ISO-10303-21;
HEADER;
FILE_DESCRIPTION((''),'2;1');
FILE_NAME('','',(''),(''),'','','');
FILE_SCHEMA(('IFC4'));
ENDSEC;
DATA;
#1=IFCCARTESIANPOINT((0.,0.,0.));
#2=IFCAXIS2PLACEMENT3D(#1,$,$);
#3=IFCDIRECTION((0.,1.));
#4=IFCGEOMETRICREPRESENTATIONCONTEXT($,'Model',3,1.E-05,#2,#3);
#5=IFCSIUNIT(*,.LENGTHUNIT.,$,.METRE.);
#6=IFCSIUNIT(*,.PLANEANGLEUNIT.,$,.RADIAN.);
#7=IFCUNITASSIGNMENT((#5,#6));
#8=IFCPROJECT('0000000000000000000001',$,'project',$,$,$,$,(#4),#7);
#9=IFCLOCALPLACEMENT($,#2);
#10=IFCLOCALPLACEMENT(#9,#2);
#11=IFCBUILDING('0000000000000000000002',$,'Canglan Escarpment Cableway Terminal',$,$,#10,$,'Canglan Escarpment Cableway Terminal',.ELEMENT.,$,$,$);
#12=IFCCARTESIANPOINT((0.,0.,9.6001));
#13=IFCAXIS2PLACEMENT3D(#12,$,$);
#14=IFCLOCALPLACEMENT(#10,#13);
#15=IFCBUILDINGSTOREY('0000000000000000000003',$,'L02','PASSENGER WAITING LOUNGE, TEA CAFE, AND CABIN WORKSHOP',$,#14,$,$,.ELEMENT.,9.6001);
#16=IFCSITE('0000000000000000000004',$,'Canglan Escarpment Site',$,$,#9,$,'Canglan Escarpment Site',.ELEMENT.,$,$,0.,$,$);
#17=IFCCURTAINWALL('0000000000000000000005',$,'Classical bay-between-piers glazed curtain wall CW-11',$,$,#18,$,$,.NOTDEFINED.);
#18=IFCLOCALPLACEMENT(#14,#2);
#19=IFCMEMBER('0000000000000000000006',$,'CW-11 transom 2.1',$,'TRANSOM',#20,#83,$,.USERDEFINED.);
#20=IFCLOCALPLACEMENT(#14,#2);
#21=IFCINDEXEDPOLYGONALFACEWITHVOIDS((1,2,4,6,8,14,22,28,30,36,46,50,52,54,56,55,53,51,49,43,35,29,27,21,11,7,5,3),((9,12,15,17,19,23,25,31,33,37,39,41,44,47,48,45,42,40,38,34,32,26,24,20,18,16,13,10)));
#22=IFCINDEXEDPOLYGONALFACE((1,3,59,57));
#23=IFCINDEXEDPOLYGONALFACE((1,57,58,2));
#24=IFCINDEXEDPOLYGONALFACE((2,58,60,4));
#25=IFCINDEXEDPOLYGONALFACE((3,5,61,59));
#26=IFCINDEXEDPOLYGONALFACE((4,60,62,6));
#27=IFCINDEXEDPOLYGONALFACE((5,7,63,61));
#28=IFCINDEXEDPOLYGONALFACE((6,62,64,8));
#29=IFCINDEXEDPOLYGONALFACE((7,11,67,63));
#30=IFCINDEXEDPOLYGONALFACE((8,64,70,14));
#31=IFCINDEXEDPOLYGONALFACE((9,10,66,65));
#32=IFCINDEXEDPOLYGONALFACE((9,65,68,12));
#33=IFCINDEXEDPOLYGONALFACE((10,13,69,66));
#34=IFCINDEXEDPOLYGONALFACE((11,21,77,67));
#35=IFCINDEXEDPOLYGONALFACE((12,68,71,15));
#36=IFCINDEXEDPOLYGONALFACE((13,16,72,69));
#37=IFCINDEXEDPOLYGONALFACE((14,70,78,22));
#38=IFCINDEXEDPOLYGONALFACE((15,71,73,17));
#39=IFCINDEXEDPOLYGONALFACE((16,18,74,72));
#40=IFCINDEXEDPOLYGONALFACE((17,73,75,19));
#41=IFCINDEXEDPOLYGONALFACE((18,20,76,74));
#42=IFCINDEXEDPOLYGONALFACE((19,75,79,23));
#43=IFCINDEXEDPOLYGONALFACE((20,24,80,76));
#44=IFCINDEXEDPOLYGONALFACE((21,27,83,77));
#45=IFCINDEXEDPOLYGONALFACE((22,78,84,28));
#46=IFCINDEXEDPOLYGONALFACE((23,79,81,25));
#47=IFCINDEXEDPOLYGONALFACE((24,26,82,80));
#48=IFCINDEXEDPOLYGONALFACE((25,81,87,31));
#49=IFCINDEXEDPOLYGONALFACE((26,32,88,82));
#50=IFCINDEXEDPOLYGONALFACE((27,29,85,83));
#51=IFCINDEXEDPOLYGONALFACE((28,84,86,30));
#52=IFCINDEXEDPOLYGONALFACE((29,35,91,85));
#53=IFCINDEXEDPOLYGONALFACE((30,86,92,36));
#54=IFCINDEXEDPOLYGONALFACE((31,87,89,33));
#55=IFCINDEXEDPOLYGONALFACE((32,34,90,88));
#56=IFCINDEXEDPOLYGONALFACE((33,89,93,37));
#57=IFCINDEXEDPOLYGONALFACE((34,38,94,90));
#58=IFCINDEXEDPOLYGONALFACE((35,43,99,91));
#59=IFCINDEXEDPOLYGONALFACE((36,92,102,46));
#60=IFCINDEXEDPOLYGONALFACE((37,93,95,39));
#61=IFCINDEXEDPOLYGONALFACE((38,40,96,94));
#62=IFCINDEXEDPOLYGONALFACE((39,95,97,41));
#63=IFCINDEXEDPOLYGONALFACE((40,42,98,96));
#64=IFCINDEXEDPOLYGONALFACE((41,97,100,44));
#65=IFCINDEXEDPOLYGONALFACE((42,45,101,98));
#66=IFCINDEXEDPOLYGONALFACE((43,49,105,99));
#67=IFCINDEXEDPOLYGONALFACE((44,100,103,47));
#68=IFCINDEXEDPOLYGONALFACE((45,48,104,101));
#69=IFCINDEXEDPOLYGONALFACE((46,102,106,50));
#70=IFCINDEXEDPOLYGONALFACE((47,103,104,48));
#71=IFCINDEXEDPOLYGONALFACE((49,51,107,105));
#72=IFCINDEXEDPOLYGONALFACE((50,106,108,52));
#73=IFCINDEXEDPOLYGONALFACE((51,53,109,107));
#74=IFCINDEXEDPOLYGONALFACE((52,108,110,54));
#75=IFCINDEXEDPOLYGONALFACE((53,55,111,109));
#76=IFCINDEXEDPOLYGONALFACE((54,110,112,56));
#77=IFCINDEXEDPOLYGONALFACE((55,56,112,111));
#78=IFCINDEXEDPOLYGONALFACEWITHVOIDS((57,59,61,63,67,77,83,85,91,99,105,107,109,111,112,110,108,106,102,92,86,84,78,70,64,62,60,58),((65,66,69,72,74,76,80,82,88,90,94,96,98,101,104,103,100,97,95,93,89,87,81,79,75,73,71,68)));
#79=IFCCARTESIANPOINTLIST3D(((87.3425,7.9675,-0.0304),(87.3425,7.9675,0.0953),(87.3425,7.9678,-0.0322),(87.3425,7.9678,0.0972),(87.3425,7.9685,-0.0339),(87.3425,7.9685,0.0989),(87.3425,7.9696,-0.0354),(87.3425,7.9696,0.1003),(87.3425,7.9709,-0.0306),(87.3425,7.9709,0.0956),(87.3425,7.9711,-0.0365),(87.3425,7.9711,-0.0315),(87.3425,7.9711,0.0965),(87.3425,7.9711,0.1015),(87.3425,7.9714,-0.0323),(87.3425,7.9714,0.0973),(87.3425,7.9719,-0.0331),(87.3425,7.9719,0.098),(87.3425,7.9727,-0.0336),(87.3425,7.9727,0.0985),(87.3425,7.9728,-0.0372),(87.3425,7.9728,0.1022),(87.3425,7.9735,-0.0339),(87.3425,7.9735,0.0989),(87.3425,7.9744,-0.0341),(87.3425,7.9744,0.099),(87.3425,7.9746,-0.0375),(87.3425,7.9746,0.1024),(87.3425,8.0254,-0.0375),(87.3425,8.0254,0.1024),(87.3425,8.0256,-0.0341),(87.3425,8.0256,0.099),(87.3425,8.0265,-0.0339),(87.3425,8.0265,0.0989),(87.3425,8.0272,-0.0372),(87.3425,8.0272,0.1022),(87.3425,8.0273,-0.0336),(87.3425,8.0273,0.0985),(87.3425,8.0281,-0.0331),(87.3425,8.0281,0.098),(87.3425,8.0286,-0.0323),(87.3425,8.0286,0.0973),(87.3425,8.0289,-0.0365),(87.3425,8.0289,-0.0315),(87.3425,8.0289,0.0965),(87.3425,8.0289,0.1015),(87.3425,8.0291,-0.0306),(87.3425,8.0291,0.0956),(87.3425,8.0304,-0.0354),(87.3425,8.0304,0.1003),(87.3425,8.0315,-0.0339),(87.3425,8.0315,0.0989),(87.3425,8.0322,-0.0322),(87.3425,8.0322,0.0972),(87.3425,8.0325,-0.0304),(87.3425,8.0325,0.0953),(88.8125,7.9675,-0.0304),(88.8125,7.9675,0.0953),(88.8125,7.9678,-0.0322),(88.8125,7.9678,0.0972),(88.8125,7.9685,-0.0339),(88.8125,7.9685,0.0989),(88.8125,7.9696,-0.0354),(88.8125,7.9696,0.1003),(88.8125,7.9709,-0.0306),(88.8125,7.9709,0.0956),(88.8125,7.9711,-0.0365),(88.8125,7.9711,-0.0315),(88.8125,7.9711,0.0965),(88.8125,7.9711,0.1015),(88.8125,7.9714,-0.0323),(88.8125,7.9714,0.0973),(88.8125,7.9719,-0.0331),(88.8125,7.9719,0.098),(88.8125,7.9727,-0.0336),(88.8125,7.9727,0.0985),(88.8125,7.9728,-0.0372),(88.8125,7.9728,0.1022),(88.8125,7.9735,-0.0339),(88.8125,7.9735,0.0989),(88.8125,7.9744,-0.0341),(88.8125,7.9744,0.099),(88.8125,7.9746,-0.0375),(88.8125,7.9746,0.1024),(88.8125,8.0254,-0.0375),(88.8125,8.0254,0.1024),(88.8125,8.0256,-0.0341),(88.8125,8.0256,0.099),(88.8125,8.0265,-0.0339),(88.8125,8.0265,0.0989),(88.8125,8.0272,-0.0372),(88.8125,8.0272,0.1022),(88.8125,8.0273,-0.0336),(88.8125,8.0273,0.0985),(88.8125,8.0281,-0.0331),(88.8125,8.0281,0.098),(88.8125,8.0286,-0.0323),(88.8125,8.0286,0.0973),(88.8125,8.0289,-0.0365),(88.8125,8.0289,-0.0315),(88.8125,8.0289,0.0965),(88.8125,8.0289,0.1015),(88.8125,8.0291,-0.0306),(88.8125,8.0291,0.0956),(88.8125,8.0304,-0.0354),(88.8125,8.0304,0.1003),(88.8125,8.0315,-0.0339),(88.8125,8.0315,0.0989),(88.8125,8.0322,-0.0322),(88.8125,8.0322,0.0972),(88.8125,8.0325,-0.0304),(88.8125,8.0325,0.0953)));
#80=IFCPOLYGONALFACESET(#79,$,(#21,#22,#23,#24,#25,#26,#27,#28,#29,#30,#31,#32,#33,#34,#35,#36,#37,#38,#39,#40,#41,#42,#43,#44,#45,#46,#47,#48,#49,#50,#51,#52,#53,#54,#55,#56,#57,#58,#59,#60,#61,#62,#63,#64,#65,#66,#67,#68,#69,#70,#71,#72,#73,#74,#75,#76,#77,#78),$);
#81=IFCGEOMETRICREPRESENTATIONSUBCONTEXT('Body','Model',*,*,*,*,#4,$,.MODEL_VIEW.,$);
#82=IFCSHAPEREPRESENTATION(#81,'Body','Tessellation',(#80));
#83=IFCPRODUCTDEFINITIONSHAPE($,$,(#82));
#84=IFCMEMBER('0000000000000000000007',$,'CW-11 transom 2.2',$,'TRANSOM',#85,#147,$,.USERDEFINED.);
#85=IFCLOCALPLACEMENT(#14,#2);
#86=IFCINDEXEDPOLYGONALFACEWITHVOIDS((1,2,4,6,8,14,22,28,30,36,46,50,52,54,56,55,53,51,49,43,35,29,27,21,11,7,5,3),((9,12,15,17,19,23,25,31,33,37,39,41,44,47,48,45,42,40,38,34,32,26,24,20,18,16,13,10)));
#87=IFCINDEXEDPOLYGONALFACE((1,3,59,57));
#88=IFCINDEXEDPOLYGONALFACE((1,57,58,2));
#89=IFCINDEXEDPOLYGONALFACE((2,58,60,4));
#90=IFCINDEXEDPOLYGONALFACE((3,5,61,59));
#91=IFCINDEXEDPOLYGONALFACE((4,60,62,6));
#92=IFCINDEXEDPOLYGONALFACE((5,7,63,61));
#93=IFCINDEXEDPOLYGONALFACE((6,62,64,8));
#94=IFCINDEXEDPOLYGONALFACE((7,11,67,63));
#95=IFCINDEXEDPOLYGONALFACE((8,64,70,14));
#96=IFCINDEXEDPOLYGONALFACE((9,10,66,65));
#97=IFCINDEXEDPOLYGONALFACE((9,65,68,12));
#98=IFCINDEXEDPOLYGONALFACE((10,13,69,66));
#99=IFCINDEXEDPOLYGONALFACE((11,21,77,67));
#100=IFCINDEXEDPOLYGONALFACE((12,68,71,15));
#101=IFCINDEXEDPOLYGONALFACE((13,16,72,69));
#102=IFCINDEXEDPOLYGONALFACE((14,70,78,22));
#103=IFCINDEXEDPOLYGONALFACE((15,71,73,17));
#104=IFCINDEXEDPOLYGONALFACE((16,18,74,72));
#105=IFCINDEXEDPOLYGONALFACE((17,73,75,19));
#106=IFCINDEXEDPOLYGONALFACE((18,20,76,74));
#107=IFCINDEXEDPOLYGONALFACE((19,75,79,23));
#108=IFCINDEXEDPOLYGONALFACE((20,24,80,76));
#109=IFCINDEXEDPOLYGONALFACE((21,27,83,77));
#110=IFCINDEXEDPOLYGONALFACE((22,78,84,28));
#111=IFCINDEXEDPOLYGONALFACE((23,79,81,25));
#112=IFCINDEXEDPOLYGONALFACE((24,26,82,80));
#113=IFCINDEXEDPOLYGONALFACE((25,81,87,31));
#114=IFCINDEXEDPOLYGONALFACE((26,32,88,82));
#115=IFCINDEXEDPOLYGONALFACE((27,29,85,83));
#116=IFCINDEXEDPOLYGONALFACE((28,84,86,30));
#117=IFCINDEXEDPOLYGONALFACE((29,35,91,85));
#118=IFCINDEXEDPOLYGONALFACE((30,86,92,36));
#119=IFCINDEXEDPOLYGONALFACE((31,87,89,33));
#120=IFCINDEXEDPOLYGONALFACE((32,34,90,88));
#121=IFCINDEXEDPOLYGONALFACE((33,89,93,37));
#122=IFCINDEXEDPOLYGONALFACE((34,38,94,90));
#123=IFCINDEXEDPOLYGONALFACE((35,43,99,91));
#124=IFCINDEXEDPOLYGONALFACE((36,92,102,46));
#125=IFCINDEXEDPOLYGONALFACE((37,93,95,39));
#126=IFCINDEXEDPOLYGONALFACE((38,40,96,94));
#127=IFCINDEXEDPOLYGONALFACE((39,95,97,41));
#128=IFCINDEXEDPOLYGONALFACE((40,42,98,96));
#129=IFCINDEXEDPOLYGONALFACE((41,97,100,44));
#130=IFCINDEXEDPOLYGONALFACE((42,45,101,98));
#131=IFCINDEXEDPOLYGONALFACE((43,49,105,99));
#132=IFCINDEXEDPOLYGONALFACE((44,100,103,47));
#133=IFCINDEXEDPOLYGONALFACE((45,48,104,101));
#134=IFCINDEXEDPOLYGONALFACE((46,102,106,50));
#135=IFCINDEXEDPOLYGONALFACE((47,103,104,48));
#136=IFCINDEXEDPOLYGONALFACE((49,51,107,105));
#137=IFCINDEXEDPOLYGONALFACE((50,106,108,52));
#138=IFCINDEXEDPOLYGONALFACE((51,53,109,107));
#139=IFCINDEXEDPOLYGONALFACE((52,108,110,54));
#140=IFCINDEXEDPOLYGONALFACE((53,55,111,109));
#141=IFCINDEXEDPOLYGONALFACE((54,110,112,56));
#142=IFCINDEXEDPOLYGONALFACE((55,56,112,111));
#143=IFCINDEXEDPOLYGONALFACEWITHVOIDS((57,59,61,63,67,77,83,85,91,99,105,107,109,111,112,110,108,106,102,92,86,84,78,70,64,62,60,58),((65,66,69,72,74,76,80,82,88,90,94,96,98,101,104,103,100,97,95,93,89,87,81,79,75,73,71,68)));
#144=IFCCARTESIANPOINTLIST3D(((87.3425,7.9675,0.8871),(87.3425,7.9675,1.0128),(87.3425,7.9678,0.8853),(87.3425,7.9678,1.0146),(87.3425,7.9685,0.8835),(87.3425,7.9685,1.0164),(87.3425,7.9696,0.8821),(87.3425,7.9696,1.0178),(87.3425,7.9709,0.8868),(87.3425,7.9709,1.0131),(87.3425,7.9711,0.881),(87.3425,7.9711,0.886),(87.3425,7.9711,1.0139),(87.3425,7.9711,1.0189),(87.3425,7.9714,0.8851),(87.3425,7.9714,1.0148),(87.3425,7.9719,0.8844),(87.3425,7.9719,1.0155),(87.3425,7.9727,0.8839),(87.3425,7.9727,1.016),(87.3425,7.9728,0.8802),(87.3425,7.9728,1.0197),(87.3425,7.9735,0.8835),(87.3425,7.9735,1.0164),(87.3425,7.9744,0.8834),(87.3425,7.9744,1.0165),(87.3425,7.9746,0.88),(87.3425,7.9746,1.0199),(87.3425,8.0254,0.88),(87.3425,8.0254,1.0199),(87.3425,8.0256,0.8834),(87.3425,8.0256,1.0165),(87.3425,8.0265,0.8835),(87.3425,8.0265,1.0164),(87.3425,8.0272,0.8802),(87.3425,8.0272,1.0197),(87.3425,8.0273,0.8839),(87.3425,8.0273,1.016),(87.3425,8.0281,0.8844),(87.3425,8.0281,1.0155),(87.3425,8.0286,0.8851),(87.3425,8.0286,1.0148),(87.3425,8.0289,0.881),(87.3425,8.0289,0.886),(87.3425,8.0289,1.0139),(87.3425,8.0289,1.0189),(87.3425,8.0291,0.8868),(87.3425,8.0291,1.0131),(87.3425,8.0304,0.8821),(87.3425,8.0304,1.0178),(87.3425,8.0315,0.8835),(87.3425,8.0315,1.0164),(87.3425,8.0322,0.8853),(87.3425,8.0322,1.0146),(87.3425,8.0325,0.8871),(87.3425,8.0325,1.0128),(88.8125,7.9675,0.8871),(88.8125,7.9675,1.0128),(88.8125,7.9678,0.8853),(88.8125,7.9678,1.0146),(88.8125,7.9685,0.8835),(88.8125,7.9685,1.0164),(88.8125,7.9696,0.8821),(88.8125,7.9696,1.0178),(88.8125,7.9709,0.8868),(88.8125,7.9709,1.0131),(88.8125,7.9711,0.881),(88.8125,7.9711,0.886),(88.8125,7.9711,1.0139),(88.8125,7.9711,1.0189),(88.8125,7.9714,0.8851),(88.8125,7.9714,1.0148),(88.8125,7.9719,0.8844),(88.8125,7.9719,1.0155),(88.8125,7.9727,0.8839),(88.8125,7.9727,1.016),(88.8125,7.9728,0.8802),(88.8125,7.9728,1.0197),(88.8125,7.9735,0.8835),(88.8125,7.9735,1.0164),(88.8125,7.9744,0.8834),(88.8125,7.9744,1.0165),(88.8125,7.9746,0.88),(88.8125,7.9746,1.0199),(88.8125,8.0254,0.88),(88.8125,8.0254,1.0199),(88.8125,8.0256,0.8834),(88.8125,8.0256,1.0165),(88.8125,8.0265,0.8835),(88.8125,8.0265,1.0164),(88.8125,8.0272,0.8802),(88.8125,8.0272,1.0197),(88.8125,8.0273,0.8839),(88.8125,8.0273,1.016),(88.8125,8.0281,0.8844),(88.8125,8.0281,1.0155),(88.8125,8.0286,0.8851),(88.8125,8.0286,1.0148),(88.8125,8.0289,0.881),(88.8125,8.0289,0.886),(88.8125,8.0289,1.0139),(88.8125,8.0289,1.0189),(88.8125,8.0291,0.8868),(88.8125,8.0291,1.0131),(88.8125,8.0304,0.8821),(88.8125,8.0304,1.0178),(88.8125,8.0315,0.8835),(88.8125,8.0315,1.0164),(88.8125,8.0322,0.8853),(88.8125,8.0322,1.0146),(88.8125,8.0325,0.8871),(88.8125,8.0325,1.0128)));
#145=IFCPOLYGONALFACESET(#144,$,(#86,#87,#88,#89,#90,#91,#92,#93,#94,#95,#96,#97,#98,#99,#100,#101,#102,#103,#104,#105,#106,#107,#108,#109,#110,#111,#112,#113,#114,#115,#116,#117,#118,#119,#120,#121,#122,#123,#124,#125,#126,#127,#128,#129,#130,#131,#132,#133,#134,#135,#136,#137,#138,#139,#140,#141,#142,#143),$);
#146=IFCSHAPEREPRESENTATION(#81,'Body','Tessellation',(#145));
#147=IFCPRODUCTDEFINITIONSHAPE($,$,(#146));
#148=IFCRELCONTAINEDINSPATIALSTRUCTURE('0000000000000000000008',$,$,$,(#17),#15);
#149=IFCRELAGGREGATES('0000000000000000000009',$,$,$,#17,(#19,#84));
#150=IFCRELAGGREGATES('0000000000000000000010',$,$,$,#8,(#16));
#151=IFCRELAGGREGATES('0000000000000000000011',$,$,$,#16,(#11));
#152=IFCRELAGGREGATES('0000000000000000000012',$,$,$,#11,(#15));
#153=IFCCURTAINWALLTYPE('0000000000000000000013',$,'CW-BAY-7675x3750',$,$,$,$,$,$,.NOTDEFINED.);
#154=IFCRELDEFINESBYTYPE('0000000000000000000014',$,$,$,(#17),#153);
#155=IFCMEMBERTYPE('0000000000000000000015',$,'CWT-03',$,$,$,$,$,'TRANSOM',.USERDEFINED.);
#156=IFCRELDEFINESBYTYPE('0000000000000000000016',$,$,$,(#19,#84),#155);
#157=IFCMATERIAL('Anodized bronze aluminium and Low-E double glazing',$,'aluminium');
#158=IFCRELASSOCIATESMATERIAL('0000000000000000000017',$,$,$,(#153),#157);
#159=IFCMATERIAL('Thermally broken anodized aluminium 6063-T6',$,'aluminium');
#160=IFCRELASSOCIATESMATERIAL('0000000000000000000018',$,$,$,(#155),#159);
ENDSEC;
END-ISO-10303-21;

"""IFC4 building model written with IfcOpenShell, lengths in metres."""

from ifc_helpers import new_model, si_unit, direction, frame, origin, origin_2d, place, context, subcontext, project, spatial, hollow_rectangle, extrude, material, material_profile, profile_set, type_object, element, aggregate, save


model = new_model("IFC4")

# Units and contexts
model_context = context("Model", 3, precision=1e-05, world=origin(), true_north=direction((0.0, 1.0)))
body_context = subcontext(model_context, "Body", "Model", "MODEL_VIEW")
ifc_project = project(units=[si_unit("LENGTHUNIT", "METRE"), si_unit("PLANEANGLEUNIT", "RADIAN")], contexts=[model_context])

# Site, building, storey
site_placement = place(None, origin())
site = spatial("IfcSite", under=ifc_project, at=site_placement, Name="Canglan Escarpment Site", LongName="Canglan Escarpment Site", CompositionType="ELEMENT", RefElevation=0.0)
building_placement = place(site_placement, origin())
building = spatial("IfcBuilding", under=site, at=building_placement, Name="Canglan Escarpment Cableway Terminal", LongName="Canglan Escarpment Cableway Terminal", CompositionType="ELEMENT")
storey_placement = place(building_placement, frame((0.0, 0.0, 9.6001)))
storey = spatial("IfcBuildingStorey", under=building, at=storey_placement, Name="L02", Description="PASSENGER WAITING LOUNGE, TEA CAFE, AND CABIN WORKSHOP", CompositionType="ELEMENT", Elevation=9.6001)

# Curtain wall, members
ifc_material_1 = material(Name="Anodized bronze aluminium and Low-E double glazing", Category="aluminium")
curtain_wall_type = type_object("IfcCurtainWallType", Name="CW-BAY-7675x3750", PredefinedType="NOTDEFINED", material=ifc_material_1)
curtain_wall_placement = place(storey_placement, origin())
curtain_wall = element("IfcCurtainWall", 1, at=curtain_wall_placement, inside=storey, type_object=curtain_wall_type, Name="Classical bay-between-piers glazed curtain wall CW-11", PredefinedType="NOTDEFINED")
ifc_material_2 = material(Name="Thermally broken anodized aluminium 6063-T6", Category="aluminium")
ifc_material_profile_1 = material_profile(ifc_material_2, hollow_rectangle(XDim=0.0649, YDim=0.1399, WallThickness=0.0034, InnerFilletRadius=0.0034, OuterFilletRadius=0.0071, at=origin_2d()), Name="ALU-TRAN 65x140x3.5")
ifc_profile_set_1 = profile_set([ifc_material_profile_1], Name="Thermally broken anodized aluminium 6063-T6")
member_type_1 = type_object("IfcMemberType", Name="CWT-03", ElementType="TRANSOM", PredefinedType="USERDEFINED", material=ifc_profile_set_1)
member_1_placement = place(storey_placement, frame((87.3425, 8.0, 0.0325), z_axis=(1.0, 0.0, 0.0), x_axis=(0.0, 1.0, 0.0)))
member_1 = element("IfcMember", 2, at=member_1_placement, type_object=member_type_1, Name="CW-11 transom 2.1", ObjectType="TRANSOM", PredefinedType="USERDEFINED", context=body_context, shape_type="SweptSolid", body=[
    extrude(hollow_rectangle(XDim=0.0649, YDim=0.1399, WallThickness=0.0034, InnerFilletRadius=0.0034, OuterFilletRadius=0.0071, at=origin_2d()), origin(), (0.0, 0.0, 1.0), 1.47),
])
member_2_placement = place(storey_placement, frame((87.3425, 8.0, 0.95), z_axis=(1.0, 0.0, 0.0), x_axis=(0.0, 1.0, 0.0)))
member_2 = element("IfcMember", 3, at=member_2_placement, type_object=member_type_1, Name="CW-11 transom 2.2", ObjectType="TRANSOM", PredefinedType="USERDEFINED", context=body_context, shape_type="SweptSolid", body=[
    extrude(hollow_rectangle(XDim=0.0649, YDim=0.1399, WallThickness=0.0034, InnerFilletRadius=0.0034, OuterFilletRadius=0.0071, at=origin_2d()), origin(), (0.0, 0.0, 1.0), 1.47),
])

aggregate(curtain_wall, [member_1, member_2])

save(model, "model.ifc")
